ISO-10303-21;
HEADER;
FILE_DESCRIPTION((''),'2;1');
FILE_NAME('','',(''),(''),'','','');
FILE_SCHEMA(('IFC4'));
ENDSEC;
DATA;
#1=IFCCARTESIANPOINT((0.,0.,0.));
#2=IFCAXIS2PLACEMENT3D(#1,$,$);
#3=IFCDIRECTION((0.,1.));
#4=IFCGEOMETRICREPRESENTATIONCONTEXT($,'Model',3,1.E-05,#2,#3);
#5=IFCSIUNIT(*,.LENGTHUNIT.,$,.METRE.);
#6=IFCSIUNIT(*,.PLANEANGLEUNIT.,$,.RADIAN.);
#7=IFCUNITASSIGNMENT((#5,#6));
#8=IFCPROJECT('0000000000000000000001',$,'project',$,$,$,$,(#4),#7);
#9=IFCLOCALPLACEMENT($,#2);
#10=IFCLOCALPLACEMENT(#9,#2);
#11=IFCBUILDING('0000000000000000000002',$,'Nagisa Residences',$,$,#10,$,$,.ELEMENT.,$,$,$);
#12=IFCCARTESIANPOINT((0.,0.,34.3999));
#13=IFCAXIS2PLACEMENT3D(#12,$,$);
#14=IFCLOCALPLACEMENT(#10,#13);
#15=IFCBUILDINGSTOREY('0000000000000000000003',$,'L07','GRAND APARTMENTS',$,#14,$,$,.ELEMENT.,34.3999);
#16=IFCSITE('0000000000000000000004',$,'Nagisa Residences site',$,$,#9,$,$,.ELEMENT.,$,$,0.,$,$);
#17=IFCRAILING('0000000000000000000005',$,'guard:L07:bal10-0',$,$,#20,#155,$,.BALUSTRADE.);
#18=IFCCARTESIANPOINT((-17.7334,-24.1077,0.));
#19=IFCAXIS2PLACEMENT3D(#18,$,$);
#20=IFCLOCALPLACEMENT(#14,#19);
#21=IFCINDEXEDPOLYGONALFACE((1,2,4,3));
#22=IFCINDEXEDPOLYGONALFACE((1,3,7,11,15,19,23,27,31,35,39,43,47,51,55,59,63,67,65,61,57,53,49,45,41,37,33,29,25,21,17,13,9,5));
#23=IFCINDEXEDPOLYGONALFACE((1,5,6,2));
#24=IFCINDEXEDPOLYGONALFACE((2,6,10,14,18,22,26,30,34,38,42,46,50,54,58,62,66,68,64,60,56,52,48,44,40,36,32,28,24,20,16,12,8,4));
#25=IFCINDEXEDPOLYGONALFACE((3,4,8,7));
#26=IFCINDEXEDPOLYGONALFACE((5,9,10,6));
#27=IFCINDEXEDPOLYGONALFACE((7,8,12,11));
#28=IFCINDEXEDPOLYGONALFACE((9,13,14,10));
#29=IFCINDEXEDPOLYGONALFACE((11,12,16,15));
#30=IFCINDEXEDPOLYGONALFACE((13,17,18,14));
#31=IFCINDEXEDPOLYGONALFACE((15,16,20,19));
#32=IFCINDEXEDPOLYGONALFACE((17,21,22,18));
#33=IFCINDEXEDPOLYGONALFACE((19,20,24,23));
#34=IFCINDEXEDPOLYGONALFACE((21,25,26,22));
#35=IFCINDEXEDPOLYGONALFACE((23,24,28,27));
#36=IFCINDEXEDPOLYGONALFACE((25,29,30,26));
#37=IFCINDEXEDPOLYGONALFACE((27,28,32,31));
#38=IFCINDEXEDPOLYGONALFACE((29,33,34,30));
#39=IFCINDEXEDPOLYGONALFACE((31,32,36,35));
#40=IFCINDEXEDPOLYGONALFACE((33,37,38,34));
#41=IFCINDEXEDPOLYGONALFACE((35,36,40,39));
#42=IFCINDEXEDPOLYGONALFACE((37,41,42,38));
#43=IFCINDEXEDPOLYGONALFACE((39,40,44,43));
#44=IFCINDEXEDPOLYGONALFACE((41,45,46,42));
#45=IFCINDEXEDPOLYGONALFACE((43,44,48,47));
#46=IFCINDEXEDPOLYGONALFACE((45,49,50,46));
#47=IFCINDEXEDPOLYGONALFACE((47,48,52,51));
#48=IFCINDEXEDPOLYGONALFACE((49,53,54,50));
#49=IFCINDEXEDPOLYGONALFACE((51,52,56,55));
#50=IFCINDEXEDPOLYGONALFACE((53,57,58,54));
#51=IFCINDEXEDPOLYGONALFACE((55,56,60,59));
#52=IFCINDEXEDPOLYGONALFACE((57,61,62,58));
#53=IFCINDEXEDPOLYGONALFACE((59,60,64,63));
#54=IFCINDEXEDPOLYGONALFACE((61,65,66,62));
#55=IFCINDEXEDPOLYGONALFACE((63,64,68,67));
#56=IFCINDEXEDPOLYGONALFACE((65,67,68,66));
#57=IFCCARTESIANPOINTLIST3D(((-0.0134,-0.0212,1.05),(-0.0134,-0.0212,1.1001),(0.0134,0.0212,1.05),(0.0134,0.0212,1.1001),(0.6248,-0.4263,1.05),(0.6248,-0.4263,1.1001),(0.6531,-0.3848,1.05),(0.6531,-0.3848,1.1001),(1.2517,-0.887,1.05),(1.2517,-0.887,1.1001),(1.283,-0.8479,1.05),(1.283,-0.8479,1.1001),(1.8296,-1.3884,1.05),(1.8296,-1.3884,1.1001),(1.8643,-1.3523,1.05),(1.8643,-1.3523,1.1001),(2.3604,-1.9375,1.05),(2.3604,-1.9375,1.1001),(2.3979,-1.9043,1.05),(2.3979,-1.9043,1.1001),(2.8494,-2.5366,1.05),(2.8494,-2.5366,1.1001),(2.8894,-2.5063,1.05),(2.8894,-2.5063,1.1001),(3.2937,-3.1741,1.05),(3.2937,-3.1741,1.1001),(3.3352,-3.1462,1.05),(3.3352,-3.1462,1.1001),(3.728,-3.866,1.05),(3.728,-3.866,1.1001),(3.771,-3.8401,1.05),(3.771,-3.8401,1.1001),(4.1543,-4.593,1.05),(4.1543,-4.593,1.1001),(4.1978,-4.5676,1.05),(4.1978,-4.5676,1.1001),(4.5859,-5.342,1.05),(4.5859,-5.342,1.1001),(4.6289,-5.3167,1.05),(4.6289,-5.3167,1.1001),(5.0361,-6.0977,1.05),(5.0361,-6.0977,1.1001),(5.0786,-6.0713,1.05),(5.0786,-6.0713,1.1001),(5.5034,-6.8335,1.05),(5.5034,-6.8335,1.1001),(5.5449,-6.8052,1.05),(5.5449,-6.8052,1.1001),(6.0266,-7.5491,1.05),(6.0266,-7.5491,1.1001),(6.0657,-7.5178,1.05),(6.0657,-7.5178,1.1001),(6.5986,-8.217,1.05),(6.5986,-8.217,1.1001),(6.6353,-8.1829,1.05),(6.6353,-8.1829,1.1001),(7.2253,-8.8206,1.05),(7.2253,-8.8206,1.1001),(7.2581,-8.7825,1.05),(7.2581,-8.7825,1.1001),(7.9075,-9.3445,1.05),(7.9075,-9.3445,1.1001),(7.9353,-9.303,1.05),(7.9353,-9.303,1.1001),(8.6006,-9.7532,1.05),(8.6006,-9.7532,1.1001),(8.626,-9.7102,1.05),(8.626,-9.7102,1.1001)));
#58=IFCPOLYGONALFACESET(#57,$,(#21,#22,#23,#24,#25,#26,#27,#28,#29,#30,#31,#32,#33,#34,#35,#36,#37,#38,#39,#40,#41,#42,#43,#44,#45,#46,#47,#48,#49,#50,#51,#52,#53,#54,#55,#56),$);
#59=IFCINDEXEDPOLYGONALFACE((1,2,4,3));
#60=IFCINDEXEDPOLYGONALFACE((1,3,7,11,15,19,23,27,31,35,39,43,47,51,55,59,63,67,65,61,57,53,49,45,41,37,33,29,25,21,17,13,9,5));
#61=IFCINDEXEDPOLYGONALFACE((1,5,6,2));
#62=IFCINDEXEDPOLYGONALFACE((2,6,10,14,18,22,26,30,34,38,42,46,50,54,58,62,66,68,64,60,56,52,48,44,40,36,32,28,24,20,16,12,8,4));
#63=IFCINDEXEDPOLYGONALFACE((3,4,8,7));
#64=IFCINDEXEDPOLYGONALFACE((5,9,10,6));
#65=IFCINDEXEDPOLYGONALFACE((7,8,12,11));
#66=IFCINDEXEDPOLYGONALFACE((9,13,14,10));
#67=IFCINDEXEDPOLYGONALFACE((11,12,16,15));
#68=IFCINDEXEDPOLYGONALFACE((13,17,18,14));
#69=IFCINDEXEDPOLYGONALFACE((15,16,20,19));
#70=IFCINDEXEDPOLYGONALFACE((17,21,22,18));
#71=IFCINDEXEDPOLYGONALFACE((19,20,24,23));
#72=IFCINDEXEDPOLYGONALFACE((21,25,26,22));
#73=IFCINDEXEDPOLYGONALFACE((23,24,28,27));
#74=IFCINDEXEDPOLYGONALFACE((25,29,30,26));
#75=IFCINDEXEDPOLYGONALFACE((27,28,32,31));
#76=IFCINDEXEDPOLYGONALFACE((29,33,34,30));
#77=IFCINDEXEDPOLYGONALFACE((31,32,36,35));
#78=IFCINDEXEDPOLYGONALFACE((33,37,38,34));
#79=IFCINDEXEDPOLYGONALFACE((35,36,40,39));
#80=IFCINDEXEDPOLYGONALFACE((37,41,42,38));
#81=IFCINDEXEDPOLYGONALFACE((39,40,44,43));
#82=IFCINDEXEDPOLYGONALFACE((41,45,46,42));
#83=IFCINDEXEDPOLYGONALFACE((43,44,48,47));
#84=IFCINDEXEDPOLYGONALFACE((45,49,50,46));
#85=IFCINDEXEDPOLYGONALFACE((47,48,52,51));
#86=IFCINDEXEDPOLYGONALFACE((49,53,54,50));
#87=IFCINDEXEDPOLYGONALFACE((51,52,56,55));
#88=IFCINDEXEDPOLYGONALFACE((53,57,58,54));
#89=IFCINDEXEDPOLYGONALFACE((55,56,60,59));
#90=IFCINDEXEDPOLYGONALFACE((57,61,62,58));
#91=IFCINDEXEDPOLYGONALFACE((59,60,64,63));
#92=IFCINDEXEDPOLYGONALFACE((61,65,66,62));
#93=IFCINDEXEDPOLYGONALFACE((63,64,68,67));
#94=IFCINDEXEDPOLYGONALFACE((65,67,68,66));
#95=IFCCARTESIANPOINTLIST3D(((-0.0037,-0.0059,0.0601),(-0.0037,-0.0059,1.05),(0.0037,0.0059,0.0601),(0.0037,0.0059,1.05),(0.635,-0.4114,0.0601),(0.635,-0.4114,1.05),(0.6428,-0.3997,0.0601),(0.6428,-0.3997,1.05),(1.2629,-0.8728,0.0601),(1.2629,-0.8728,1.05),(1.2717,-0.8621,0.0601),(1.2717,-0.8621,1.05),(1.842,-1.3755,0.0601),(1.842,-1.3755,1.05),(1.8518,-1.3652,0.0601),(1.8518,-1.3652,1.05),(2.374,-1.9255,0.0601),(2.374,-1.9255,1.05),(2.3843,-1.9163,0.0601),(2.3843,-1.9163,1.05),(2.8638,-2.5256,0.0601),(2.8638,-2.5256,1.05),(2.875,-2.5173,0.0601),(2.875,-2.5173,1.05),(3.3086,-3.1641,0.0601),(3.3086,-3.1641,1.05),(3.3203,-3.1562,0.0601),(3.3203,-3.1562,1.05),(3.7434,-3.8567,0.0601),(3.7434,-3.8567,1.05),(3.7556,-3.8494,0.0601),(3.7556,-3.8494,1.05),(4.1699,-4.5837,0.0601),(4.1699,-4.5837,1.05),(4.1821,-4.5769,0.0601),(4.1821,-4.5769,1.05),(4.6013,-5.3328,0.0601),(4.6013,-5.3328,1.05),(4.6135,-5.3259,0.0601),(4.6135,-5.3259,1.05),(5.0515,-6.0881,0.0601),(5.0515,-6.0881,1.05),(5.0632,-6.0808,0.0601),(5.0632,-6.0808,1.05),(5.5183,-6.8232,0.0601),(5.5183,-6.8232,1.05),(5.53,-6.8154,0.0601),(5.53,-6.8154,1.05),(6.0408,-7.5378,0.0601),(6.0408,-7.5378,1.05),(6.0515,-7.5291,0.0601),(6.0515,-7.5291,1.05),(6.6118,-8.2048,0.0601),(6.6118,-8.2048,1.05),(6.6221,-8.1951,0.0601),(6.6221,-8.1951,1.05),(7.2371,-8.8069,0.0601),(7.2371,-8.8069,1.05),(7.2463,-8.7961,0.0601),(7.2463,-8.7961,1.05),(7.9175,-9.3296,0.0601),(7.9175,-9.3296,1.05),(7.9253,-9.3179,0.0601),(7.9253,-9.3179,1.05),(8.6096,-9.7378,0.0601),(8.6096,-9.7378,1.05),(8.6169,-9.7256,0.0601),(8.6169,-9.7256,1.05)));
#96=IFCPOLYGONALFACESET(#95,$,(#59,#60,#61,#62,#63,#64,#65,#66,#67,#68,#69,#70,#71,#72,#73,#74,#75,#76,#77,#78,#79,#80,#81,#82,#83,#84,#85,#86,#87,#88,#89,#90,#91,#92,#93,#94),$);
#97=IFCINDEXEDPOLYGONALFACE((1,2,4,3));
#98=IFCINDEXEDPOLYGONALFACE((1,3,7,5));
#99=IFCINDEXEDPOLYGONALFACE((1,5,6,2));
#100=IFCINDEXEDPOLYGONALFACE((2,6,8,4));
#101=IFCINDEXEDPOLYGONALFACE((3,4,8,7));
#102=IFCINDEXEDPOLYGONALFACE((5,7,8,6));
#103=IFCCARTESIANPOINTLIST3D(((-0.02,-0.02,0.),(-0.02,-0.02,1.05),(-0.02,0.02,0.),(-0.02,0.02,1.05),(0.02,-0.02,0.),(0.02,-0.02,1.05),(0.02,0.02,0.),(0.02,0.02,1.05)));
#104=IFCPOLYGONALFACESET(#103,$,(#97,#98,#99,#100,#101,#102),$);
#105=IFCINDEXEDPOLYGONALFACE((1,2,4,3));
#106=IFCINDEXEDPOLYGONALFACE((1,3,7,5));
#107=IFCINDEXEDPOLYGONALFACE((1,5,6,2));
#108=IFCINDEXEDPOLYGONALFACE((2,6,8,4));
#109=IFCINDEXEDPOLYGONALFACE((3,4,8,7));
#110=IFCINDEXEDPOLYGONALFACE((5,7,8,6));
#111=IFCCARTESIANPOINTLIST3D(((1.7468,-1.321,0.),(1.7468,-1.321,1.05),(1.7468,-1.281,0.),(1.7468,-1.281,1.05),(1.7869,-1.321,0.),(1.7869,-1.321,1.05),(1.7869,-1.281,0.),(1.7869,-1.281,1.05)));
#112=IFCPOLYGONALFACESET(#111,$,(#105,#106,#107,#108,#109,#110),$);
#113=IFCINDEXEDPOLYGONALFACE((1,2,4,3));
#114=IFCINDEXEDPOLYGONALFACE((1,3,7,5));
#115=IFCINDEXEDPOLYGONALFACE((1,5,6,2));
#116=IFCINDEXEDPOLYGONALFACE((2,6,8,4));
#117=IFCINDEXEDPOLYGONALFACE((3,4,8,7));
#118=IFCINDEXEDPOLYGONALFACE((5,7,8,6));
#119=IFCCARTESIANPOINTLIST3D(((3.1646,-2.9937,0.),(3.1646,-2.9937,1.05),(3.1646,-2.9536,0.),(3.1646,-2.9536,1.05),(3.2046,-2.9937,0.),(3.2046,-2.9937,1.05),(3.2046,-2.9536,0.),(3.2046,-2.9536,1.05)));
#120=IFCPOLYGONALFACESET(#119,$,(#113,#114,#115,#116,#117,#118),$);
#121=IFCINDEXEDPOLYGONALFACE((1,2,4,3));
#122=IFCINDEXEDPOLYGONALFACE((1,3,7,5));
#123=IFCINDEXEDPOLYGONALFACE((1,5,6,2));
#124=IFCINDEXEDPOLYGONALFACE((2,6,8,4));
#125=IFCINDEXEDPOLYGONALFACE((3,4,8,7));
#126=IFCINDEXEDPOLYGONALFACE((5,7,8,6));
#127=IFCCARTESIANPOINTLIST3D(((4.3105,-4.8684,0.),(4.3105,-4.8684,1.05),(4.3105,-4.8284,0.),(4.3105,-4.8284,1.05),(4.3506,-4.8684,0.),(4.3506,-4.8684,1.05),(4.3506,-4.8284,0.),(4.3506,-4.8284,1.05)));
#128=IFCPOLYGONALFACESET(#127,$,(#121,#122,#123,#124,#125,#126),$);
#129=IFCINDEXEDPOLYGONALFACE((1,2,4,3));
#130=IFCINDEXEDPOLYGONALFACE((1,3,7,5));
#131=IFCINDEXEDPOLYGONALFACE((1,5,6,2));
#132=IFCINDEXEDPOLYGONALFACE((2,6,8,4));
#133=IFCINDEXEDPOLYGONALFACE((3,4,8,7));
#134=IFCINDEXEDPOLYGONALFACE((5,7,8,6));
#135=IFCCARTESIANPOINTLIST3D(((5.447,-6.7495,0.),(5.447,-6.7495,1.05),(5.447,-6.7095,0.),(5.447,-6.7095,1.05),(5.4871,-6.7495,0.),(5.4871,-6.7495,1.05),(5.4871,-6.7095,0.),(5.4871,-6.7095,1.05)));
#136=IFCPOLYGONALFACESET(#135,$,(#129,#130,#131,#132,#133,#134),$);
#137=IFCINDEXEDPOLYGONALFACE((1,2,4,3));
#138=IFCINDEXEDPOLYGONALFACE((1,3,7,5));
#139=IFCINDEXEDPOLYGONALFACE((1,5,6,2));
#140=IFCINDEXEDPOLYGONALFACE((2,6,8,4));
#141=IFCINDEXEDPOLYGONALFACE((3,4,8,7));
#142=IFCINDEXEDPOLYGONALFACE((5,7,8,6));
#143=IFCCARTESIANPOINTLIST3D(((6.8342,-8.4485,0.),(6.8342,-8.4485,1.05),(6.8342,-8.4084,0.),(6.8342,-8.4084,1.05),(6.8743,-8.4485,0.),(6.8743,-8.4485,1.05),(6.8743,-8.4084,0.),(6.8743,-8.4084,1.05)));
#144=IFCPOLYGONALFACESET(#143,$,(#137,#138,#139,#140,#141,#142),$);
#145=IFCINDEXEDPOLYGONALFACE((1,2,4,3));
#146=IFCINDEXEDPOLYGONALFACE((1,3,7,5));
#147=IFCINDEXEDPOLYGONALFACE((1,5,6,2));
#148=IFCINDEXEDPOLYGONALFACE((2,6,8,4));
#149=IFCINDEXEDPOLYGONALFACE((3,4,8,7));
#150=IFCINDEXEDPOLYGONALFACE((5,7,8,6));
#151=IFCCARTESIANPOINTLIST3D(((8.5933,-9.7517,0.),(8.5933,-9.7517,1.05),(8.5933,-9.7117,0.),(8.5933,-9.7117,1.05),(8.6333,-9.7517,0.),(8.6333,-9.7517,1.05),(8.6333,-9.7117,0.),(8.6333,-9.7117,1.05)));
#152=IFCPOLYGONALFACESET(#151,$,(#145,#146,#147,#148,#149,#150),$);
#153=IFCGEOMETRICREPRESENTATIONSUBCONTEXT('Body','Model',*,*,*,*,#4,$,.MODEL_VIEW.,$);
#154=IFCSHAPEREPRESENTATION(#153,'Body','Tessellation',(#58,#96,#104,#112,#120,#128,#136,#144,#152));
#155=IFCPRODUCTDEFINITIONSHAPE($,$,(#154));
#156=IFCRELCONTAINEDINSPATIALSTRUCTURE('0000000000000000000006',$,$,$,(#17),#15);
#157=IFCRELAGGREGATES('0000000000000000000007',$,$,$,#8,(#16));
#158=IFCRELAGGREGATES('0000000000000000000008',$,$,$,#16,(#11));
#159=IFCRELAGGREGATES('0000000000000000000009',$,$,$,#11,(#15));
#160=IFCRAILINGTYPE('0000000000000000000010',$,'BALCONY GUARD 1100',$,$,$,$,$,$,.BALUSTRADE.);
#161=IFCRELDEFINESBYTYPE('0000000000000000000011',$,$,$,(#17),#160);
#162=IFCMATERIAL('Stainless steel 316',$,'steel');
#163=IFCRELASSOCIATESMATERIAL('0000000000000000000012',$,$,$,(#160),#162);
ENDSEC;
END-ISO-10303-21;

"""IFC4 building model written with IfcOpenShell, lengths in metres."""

from ifc_helpers import new_model, si_unit, direction, frame, origin, origin_2d, place, context, subcontext, project, spatial, polyline, rectangle, outline, extrude, material, type_object, element, save


model = new_model("IFC4")

# Units and contexts
model_context = context("Model", 3, precision=1e-05, world=origin(), true_north=direction((0.0, 1.0)))
body_context = subcontext(model_context, "Body", "Model", "MODEL_VIEW")
ifc_project = project(units=[si_unit("LENGTHUNIT", "METRE"), si_unit("PLANEANGLEUNIT", "RADIAN")], contexts=[model_context])

# Site, building, storey
site_placement = place(None, origin())
site = spatial("IfcSite", under=ifc_project, at=site_placement, Name="Nagisa Residences site", CompositionType="ELEMENT", RefElevation=0.0)
building_placement = place(site_placement, origin())
building = spatial("IfcBuilding", under=site, at=building_placement, Name="Nagisa Residences", CompositionType="ELEMENT")
storey_placement = place(building_placement, frame((0.0, 0.0, 34.3999)))
storey = spatial("IfcBuildingStorey", under=building, at=storey_placement, Name="L07", Description="GRAND APARTMENTS", CompositionType="ELEMENT", Elevation=34.3999)

# Railing
ifc_material_1 = material(Name="Stainless steel 316", Category="steel")
railing_type = type_object("IfcRailingType", Name="BALCONY GUARD 1100", PredefinedType="BALUSTRADE", material=ifc_material_1)
railing_1_placement = place(storey_placement, frame((-17.7334, -24.1077, 0.0)))
element("IfcRailing", 1, at=railing_1_placement, inside=storey, type_object=railing_type, Name="guard:L07:bal10-0", PredefinedType="BALUSTRADE", context=body_context, shape_type="SweptSolid", body=[
    extrude(outline(polyline([(0.6531, -0.3848), (0.0134, 0.0212), (-0.0134, -0.0212), (0.6248, -0.4263), (1.2517, -0.887), (1.8296, -1.3884), (2.3604, -1.9375), (2.8494, -2.5366), (3.2937, -3.1741), (3.728, -3.866), (4.1543, -4.593), (4.5859, -5.342), (5.0361, -6.0977), (5.5034, -6.8335), (6.0266, -7.5491), (6.5986, -8.217), (7.2253, -8.8206), (7.9075, -9.3445), (8.6006, -9.7532), (8.626, -9.7102), (7.9353, -9.303), (7.2581, -8.7825), (6.6353, -8.1829), (6.0657, -7.5178), (5.5449, -6.8052), (5.0786, -6.0713), (4.6289, -5.3167), (4.1978, -4.5676), (3.771, -3.8401), (3.3352, -3.1462), (2.8894, -2.5063), (2.3979, -1.9043), (1.8643, -1.3523), (1.283, -0.8479), (0.6531, -0.3848)])), frame((0.0, 0.0, 1.05)), (0.0, 0.0, 1.0), 0.05),
    extrude(outline(polyline([(0.6428, -0.3997), (0.0037, 0.0059), (-0.0037, -0.0059), (0.635, -0.4114), (1.2629, -0.8728), (1.842, -1.3755), (2.374, -1.9255), (2.8638, -2.5256), (3.3086, -3.1641), (3.7434, -3.8567), (4.1699, -4.5837), (4.6013, -5.3328), (5.0515, -6.0881), (5.5183, -6.8232), (6.0408, -7.5378), (6.6118, -8.2048), (7.2371, -8.8069), (7.9175, -9.3296), (8.6096, -9.7378), (8.6169, -9.7256), (7.9253, -9.3179), (7.2463, -8.7961), (6.6221, -8.1951), (6.0515, -7.5291), (5.53, -6.8154), (5.0632, -6.0808), (4.6135, -5.3259), (4.1821, -4.5769), (3.7556, -3.8494), (3.3203, -3.1562), (2.875, -2.5173), (2.3843, -1.9163), (1.8518, -1.3652), (1.2717, -0.8621), (0.6428, -0.3997)])), frame((0.0, 0.0, 0.0601)), (0.0, 0.0, 1.0), 0.99),
    extrude(rectangle(XDim=0.04, YDim=0.04, at=origin_2d()), origin(), (0.0, 0.0, 1.0), 1.05),
    extrude(rectangle(XDim=0.04, YDim=0.04, at=origin_2d()), frame((1.7668, -1.301, 0.0)), (0.0, 0.0, 1.0), 1.05),
    extrude(rectangle(XDim=0.04, YDim=0.04, at=origin_2d()), frame((3.1846, -2.9736, 0.0)), (0.0, 0.0, 1.0), 1.05),
    extrude(rectangle(XDim=0.04, YDim=0.04, at=origin_2d()), frame((4.3306, -4.8484, 0.0)), (0.0, 0.0, 1.0), 1.05),
    extrude(rectangle(XDim=0.04, YDim=0.04, at=origin_2d()), frame((5.467, -6.7295, 0.0)), (0.0, 0.0, 1.0), 1.05),
    extrude(rectangle(XDim=0.04, YDim=0.04, at=origin_2d()), frame((6.8542, -8.4285, 0.0)), (0.0, 0.0, 1.0), 1.05),
    extrude(rectangle(XDim=0.04, YDim=0.04, at=origin_2d()), frame((8.6133, -9.7317, 0.0)), (0.0, 0.0, 1.0), 1.05),
])

save(model, "model.ifc")
